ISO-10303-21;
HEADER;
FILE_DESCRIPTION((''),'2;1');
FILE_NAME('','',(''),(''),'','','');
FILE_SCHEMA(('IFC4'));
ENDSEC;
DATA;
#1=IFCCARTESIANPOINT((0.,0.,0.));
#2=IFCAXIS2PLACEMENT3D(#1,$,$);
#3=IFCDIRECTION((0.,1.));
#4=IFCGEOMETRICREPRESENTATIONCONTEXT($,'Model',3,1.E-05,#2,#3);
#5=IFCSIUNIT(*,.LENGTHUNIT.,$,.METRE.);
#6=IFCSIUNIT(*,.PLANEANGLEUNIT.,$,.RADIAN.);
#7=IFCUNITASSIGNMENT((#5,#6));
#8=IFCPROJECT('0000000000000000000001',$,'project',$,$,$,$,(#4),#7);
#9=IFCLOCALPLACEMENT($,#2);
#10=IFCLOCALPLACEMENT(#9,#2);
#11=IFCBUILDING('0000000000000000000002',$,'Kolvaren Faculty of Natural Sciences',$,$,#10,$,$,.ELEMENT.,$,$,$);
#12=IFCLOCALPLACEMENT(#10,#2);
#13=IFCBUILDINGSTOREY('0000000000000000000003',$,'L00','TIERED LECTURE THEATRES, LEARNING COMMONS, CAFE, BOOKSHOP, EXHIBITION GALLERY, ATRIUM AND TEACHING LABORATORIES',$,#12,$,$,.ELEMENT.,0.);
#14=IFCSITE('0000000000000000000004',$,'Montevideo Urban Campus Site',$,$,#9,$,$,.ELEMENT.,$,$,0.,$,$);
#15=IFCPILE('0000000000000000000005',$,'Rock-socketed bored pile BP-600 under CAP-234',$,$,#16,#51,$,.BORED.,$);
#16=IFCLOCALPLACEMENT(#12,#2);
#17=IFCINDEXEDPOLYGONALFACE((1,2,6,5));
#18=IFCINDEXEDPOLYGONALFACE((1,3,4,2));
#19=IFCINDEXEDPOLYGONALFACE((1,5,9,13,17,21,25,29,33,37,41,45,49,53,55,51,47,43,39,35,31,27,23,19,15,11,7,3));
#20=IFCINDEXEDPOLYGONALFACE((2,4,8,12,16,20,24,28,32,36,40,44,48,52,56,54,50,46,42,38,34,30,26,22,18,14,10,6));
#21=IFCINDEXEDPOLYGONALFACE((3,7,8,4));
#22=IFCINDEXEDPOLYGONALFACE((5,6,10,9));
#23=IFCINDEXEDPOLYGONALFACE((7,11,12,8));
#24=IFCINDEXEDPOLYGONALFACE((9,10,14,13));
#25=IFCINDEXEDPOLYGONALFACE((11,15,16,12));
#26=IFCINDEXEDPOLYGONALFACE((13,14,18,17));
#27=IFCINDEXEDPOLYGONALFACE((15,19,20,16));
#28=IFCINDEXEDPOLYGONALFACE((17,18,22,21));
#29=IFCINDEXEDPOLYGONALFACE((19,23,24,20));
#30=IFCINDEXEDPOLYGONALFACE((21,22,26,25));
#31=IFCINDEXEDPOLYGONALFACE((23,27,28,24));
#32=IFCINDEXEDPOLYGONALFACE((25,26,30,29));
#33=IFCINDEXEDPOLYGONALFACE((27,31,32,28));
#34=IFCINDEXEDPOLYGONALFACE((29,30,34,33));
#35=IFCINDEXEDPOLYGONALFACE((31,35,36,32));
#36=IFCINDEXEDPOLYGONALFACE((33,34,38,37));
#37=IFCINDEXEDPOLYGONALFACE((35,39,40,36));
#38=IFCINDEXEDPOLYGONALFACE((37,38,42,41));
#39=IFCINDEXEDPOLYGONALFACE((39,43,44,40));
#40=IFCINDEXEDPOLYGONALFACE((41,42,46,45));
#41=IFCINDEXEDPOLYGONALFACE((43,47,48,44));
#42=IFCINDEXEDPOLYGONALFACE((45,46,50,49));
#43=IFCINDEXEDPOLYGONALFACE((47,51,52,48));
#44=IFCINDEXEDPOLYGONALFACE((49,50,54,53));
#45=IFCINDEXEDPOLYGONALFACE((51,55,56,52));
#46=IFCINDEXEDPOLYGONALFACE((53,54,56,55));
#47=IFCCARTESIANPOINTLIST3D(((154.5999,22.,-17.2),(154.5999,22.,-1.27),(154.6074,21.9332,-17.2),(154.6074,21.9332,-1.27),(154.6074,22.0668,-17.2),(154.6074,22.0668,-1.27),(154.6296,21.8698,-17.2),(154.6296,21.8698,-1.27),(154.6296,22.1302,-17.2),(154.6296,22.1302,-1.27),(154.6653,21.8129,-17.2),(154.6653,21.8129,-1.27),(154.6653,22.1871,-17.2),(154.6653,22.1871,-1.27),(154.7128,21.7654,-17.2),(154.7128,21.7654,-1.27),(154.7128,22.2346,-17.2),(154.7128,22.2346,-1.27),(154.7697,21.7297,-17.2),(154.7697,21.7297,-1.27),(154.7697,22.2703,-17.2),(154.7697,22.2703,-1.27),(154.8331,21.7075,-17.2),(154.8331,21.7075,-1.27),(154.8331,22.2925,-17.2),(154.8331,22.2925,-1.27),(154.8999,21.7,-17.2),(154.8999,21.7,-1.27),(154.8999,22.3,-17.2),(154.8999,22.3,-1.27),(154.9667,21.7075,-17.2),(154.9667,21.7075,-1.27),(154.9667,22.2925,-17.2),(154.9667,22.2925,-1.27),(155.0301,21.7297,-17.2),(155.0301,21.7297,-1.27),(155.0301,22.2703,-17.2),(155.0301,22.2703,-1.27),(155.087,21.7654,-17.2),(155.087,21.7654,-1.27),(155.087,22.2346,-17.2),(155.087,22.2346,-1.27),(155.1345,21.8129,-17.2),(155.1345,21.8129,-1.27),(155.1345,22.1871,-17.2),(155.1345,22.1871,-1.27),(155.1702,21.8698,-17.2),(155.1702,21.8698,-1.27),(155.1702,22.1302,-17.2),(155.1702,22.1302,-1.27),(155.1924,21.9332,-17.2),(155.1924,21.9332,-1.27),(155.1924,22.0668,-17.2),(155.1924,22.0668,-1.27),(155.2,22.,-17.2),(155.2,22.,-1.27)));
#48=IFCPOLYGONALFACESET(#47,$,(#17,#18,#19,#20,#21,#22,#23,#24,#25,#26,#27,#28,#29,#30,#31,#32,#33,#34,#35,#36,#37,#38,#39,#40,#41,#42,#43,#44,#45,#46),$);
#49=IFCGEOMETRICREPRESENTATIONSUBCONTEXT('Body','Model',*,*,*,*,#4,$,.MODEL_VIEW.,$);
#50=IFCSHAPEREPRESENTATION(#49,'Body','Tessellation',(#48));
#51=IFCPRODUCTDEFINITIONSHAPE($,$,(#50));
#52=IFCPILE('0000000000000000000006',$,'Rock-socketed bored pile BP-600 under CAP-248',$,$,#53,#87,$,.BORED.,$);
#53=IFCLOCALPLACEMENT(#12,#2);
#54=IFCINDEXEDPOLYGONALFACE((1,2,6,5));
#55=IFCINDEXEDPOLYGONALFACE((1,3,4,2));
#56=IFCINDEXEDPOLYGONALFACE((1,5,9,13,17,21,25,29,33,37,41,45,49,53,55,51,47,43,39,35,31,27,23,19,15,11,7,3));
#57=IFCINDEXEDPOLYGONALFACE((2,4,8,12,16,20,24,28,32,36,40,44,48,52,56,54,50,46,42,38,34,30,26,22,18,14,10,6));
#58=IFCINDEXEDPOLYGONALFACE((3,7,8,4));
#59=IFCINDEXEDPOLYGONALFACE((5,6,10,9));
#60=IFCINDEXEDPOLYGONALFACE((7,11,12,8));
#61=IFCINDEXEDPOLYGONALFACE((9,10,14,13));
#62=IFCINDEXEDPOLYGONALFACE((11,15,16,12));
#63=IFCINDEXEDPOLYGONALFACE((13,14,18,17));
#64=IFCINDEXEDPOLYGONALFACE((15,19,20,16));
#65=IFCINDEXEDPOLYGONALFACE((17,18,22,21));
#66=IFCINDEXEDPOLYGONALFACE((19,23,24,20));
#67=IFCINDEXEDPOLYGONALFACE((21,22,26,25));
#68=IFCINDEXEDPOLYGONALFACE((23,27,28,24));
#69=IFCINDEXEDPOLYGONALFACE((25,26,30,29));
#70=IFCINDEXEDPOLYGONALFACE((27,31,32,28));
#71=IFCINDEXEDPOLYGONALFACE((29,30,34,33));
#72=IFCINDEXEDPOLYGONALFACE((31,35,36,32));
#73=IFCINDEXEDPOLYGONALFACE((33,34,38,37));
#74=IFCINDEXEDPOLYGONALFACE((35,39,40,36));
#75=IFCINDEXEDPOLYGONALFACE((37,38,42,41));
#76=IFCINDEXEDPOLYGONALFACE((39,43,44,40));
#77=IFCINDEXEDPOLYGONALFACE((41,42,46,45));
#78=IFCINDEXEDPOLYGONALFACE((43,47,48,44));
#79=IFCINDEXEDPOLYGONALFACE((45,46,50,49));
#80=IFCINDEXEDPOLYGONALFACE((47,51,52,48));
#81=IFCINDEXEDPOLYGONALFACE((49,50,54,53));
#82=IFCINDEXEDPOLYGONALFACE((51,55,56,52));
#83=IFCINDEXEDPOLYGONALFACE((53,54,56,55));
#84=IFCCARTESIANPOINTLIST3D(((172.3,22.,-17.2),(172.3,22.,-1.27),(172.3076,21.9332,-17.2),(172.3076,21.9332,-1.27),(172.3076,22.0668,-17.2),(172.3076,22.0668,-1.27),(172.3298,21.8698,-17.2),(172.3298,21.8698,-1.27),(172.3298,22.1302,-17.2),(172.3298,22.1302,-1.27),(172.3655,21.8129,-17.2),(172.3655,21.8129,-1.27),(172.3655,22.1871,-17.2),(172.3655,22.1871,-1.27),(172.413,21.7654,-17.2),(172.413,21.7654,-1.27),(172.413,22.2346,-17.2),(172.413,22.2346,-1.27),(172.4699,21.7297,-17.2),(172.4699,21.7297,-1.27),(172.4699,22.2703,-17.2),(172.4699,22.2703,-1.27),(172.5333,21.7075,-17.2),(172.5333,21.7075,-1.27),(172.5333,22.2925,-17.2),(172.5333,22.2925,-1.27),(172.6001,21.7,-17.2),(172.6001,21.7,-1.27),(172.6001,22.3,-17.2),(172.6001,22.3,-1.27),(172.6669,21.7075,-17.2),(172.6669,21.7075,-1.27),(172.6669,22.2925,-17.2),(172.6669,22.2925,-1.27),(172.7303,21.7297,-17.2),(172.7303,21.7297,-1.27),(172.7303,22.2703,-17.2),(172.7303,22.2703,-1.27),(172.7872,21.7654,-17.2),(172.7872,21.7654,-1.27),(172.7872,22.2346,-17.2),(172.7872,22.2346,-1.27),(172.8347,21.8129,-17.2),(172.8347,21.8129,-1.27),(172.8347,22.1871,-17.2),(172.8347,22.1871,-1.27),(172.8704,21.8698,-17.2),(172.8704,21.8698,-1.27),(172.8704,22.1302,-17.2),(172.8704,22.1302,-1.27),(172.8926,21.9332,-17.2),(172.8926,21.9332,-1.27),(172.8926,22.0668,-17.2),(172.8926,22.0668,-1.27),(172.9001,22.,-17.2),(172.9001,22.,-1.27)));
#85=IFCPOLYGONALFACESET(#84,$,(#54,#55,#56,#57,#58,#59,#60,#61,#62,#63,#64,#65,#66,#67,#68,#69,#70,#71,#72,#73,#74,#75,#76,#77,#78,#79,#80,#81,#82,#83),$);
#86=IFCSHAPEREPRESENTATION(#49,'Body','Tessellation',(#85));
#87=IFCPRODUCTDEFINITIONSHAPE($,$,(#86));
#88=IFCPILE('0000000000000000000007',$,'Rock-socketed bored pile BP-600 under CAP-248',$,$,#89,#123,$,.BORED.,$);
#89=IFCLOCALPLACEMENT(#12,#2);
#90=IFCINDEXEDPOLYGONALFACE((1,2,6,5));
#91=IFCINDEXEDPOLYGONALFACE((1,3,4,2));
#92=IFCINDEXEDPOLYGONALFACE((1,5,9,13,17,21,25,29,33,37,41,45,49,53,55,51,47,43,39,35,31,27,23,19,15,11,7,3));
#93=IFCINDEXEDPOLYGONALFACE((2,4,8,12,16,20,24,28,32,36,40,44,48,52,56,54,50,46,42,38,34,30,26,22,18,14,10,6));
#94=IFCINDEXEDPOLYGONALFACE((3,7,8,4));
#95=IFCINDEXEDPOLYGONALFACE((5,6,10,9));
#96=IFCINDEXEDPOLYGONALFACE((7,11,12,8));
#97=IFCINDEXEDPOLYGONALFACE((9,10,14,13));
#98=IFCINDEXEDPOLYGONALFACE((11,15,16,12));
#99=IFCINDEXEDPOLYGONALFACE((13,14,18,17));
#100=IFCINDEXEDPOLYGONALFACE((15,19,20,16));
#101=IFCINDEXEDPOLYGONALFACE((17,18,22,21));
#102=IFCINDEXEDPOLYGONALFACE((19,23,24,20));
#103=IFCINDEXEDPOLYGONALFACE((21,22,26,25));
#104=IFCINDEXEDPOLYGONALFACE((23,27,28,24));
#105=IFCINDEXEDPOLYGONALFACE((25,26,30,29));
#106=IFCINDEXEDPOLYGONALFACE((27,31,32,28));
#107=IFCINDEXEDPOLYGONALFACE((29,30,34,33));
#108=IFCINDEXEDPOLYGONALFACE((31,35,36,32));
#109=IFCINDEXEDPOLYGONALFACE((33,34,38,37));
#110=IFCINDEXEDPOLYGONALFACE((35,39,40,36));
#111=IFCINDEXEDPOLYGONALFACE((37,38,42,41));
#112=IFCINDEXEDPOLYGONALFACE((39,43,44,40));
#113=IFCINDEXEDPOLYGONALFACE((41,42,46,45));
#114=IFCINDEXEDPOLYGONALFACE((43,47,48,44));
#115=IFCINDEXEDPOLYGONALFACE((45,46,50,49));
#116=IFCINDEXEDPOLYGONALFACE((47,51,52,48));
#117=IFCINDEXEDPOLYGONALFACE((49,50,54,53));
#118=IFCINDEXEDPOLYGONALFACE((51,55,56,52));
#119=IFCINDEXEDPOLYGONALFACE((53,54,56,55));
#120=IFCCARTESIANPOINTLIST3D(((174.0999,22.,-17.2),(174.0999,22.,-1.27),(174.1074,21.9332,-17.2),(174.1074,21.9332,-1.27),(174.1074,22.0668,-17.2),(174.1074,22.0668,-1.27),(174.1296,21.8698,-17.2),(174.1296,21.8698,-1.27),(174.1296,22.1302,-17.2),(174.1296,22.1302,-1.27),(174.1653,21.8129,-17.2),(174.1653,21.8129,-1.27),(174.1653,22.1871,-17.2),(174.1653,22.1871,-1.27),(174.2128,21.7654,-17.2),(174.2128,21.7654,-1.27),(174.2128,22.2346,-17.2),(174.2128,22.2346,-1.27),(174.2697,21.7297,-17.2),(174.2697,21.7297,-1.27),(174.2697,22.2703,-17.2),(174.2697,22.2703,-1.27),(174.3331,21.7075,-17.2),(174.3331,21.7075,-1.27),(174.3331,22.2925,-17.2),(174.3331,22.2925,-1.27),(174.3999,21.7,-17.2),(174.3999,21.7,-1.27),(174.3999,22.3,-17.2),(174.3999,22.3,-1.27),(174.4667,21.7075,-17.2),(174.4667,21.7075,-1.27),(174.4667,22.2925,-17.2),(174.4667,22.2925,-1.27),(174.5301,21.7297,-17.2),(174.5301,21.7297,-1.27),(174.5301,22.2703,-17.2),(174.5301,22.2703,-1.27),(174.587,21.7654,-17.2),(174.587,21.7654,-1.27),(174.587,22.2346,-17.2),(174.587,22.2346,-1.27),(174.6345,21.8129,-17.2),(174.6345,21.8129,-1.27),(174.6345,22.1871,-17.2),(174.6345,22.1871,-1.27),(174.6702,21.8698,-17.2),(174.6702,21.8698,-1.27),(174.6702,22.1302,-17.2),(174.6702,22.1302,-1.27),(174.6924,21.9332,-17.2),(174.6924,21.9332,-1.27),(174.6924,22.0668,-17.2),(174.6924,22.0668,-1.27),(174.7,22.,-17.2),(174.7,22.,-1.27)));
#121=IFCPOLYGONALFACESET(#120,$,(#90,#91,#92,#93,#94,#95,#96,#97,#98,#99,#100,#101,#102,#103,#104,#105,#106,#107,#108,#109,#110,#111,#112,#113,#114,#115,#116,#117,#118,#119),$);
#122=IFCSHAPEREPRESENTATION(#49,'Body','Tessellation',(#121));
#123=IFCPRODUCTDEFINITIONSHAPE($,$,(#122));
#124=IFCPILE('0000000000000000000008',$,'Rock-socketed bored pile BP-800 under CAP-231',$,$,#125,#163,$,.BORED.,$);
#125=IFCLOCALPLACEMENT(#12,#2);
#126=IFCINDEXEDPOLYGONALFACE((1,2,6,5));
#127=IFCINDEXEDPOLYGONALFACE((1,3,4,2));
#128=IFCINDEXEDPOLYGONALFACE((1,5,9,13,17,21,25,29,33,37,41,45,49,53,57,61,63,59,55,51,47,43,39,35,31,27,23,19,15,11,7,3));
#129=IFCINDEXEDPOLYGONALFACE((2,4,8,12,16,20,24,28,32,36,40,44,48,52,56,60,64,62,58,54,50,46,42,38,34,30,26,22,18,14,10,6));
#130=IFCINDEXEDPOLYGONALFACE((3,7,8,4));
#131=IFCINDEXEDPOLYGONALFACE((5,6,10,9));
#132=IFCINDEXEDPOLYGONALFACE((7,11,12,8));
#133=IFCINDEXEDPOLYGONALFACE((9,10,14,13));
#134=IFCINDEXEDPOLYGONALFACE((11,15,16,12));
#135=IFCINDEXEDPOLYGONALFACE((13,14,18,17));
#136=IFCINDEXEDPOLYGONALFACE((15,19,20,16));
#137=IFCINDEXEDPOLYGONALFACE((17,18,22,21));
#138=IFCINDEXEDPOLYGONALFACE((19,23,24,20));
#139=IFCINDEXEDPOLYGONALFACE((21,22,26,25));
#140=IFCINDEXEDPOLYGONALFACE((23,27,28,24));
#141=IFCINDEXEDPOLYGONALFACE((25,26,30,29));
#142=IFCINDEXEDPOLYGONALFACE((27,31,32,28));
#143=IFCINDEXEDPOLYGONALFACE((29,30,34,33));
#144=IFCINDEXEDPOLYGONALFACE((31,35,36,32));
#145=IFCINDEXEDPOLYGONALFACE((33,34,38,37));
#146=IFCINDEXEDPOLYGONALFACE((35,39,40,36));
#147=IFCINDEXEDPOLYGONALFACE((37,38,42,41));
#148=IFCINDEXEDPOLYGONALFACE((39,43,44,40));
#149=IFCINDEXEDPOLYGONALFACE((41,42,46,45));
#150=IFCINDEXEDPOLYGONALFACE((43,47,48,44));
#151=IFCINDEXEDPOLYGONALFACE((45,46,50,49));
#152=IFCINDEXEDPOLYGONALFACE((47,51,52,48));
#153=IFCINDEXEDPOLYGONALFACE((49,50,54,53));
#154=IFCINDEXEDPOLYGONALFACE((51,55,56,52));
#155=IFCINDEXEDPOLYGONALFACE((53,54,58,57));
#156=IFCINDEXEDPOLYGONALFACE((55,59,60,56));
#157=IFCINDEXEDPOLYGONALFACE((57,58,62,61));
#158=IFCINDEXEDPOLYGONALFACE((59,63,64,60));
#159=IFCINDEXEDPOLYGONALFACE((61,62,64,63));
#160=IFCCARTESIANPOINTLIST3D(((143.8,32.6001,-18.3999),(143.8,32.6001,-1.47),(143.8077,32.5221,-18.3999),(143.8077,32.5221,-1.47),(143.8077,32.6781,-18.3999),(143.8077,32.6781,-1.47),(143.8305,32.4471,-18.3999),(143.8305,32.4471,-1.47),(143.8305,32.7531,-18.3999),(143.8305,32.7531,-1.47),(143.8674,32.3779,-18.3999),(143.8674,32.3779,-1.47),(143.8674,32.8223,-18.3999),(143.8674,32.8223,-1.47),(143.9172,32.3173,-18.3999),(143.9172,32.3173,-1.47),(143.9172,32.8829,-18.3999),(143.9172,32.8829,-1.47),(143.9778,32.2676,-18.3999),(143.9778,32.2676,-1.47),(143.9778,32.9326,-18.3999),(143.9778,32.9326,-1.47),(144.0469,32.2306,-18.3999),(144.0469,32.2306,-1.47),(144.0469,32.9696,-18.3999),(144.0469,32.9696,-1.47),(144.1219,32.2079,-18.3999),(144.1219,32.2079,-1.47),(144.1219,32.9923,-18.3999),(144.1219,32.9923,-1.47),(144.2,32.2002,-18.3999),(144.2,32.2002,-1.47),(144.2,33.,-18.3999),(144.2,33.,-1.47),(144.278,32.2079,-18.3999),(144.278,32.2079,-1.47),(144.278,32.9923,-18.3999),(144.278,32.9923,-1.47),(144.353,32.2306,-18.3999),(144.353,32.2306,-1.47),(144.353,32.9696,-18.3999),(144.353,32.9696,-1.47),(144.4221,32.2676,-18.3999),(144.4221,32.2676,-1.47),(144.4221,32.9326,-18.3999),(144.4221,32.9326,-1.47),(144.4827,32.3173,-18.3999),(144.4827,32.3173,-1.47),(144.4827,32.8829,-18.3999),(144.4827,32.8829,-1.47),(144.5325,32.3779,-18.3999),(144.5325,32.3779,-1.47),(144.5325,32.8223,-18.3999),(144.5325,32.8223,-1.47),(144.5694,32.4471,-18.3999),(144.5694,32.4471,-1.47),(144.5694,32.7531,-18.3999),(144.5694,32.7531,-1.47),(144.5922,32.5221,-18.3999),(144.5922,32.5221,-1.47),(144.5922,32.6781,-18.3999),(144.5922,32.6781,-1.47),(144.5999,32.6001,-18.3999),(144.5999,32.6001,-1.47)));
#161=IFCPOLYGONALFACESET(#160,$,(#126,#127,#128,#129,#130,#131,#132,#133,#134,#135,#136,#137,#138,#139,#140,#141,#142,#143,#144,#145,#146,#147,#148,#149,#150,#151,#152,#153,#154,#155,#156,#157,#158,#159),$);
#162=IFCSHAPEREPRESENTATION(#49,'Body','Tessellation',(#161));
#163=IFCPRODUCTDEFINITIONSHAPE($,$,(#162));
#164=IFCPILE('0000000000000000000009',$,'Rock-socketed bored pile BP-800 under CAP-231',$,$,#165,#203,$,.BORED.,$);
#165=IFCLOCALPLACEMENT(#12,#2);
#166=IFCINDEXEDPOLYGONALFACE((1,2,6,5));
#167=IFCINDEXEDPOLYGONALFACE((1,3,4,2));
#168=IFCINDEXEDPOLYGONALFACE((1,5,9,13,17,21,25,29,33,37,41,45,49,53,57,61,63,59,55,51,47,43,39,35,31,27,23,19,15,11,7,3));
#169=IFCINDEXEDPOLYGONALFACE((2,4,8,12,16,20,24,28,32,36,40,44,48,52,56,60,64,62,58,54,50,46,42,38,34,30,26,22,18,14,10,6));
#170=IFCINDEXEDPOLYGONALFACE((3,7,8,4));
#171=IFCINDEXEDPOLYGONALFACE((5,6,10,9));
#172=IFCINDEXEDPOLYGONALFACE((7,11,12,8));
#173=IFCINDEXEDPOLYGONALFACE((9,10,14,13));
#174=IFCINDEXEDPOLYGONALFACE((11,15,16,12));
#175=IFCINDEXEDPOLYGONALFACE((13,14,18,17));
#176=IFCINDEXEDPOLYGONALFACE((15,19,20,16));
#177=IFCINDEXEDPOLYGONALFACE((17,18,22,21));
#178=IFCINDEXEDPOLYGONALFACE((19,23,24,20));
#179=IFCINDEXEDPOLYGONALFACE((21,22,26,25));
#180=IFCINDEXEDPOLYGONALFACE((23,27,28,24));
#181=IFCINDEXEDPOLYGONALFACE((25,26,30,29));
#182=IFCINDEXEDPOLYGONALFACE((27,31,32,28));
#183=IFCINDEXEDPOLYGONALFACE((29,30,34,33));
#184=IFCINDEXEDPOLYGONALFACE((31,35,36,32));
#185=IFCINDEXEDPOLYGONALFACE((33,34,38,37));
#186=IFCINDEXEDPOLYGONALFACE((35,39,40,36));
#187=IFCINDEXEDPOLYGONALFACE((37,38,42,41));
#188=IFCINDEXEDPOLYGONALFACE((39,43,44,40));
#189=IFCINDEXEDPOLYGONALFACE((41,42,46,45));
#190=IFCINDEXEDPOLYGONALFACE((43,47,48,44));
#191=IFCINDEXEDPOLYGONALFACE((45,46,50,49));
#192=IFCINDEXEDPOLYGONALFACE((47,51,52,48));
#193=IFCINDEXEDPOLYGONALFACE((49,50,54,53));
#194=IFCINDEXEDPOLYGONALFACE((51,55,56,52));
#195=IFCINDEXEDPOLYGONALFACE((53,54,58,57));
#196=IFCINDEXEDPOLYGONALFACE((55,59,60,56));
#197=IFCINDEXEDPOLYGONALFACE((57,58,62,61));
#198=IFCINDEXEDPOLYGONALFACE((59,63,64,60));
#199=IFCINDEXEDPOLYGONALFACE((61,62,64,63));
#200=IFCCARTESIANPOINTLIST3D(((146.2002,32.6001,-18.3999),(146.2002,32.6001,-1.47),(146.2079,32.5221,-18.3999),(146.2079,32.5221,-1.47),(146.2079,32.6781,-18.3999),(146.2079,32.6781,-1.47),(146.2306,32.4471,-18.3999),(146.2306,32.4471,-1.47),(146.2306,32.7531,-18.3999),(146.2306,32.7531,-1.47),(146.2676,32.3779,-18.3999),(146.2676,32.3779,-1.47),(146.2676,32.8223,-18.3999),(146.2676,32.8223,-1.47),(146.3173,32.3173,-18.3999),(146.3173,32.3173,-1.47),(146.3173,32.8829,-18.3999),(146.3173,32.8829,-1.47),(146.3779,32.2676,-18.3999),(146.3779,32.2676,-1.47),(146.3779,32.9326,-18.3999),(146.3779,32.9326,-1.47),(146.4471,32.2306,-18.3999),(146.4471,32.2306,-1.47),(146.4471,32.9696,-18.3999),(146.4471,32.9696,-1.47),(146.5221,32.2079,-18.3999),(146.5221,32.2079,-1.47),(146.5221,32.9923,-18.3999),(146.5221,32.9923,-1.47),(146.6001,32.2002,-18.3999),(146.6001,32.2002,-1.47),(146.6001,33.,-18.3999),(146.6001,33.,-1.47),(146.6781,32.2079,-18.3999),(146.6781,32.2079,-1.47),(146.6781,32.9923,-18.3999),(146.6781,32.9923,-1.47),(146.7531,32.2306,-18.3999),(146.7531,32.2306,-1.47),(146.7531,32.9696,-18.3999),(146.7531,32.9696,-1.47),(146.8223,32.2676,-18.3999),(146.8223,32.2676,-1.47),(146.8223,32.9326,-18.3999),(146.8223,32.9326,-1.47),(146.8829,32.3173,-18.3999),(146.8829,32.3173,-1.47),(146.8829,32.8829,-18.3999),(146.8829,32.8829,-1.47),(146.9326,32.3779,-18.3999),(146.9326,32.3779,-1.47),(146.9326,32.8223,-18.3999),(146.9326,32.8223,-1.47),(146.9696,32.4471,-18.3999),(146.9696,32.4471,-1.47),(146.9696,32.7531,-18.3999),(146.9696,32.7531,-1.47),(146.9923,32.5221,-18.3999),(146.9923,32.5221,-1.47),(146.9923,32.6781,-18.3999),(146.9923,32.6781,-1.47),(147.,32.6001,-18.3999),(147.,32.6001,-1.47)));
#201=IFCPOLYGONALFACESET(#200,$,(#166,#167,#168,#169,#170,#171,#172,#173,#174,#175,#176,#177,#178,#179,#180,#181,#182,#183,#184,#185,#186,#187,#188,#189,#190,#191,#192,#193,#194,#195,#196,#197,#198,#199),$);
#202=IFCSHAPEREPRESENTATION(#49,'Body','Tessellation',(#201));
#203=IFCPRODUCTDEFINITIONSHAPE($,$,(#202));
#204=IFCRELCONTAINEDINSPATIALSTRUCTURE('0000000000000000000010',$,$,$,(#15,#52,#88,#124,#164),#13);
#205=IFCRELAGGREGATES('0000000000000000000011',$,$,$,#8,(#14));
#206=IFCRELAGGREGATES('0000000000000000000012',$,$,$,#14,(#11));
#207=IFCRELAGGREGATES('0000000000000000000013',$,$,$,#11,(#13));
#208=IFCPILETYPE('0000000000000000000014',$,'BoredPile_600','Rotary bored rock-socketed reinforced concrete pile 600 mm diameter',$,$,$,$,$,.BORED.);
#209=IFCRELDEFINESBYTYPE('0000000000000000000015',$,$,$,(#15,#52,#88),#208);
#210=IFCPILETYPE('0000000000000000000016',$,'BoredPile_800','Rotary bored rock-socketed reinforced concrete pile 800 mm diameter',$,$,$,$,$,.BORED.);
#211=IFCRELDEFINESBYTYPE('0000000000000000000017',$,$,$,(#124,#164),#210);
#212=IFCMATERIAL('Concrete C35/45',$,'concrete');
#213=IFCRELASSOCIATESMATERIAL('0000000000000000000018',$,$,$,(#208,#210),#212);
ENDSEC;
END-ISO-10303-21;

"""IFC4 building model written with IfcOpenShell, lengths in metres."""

from ifc_helpers import new_model, si_unit, direction, frame, origin, origin_2d, place, context, subcontext, project, spatial, circle, extrude, material, material_profile, profile_set, type_object, element, save


model = new_model("IFC4")

# Units and contexts
model_context = context("Model", 3, precision=1e-05, world=origin(), true_north=direction((0.0, 1.0)))
body_context = subcontext(model_context, "Body", "Model", "MODEL_VIEW")
ifc_project = project(units=[si_unit("LENGTHUNIT", "METRE"), si_unit("PLANEANGLEUNIT", "RADIAN")], contexts=[model_context])

# Site, building, storey
site_placement = place(None, origin())
site = spatial("IfcSite", under=ifc_project, at=site_placement, Name="Montevideo Urban Campus Site", CompositionType="ELEMENT", RefElevation=0.0)
building_placement = place(site_placement, origin())
building = spatial("IfcBuilding", under=site, at=building_placement, Name="Kolvaren Faculty of Natural Sciences", CompositionType="ELEMENT")
storey_placement = place(building_placement, origin())
storey = spatial("IfcBuildingStorey", under=building, at=storey_placement, Name="L00", Description="TIERED LECTURE THEATRES, LEARNING COMMONS, CAFE, BOOKSHOP, EXHIBITION GALLERY, ATRIUM AND TEACHING LABORATORIES", CompositionType="ELEMENT", Elevation=0.0)

# Piles
ifc_material_1 = material(Name="Concrete C35/45", Category="concrete")
ifc_material_profile_1 = material_profile(ifc_material_1, circle(Radius=0.3, at=origin_2d()), Name="PILE D600")
ifc_profile_set_1 = profile_set([ifc_material_profile_1], Name="Concrete C35/45")
pile_type_1 = type_object("IfcPileType", Name="BoredPile_600", Description="Rotary bored rock-socketed reinforced concrete pile 600 mm diameter", PredefinedType="BORED", material=ifc_profile_set_1)
for number, where, z_axis, x_axis, name in (
    (1, (154.8999, 22.0, -1.27), (0.0, 0.0, -1.0), (1.0, 0.0, 0.0), "Rock-socketed bored pile BP-600 under CAP-234"),
    (2, (172.6001, 22.0, -1.27), (0.0, 0.0, -1.0), (1.0, 0.0, 0.0), "Rock-socketed bored pile BP-600 under CAP-248"),
    (3, (174.3999, 22.0, -1.27), (0.0, 0.0, -1.0), (1.0, 0.0, 0.0), "Rock-socketed bored pile BP-600 under CAP-248"),
):
    element("IfcPile", number, at=place(storey_placement, frame(where, z_axis=z_axis, x_axis=x_axis)), inside=storey, type_object=pile_type_1, Name=name, PredefinedType="BORED", context=body_context, shape_type="SweptSolid", body=[
        extrude(circle(Radius=0.3, at=origin_2d()), origin(), (0.0, 0.0, 1.0), 15.9299),
    ])
ifc_material_profile_2 = material_profile(ifc_material_1, circle(Radius=0.3999, at=origin_2d()), Name="PILE D800")
ifc_profile_set_2 = profile_set([ifc_material_profile_2], Name="Concrete C35/45")
pile_type_2 = type_object("IfcPileType", Name="BoredPile_800", Description="Rotary bored rock-socketed reinforced concrete pile 800 mm diameter", PredefinedType="BORED", material=ifc_profile_set_2)
for number, where, z_axis, x_axis, name in (
    (4, (144.2, 32.6001, -1.47), (0.0, 0.0, -1.0), (1.0, 0.0, 0.0), "Rock-socketed bored pile BP-800 under CAP-231"),
    (5, (146.6001, 32.6001, -1.47), (0.0, 0.0, -1.0), (1.0, 0.0, 0.0), "Rock-socketed bored pile BP-800 under CAP-231"),
):
    element("IfcPile", number, at=place(storey_placement, frame(where, z_axis=z_axis, x_axis=x_axis)), inside=storey, type_object=pile_type_2, Name=name, PredefinedType="BORED", context=body_context, shape_type="SweptSolid", body=[
        extrude(circle(Radius=0.3999, at=origin_2d()), origin(), (0.0, 0.0, 1.0), 16.9299),
    ])

save(model, "model.ifc")
